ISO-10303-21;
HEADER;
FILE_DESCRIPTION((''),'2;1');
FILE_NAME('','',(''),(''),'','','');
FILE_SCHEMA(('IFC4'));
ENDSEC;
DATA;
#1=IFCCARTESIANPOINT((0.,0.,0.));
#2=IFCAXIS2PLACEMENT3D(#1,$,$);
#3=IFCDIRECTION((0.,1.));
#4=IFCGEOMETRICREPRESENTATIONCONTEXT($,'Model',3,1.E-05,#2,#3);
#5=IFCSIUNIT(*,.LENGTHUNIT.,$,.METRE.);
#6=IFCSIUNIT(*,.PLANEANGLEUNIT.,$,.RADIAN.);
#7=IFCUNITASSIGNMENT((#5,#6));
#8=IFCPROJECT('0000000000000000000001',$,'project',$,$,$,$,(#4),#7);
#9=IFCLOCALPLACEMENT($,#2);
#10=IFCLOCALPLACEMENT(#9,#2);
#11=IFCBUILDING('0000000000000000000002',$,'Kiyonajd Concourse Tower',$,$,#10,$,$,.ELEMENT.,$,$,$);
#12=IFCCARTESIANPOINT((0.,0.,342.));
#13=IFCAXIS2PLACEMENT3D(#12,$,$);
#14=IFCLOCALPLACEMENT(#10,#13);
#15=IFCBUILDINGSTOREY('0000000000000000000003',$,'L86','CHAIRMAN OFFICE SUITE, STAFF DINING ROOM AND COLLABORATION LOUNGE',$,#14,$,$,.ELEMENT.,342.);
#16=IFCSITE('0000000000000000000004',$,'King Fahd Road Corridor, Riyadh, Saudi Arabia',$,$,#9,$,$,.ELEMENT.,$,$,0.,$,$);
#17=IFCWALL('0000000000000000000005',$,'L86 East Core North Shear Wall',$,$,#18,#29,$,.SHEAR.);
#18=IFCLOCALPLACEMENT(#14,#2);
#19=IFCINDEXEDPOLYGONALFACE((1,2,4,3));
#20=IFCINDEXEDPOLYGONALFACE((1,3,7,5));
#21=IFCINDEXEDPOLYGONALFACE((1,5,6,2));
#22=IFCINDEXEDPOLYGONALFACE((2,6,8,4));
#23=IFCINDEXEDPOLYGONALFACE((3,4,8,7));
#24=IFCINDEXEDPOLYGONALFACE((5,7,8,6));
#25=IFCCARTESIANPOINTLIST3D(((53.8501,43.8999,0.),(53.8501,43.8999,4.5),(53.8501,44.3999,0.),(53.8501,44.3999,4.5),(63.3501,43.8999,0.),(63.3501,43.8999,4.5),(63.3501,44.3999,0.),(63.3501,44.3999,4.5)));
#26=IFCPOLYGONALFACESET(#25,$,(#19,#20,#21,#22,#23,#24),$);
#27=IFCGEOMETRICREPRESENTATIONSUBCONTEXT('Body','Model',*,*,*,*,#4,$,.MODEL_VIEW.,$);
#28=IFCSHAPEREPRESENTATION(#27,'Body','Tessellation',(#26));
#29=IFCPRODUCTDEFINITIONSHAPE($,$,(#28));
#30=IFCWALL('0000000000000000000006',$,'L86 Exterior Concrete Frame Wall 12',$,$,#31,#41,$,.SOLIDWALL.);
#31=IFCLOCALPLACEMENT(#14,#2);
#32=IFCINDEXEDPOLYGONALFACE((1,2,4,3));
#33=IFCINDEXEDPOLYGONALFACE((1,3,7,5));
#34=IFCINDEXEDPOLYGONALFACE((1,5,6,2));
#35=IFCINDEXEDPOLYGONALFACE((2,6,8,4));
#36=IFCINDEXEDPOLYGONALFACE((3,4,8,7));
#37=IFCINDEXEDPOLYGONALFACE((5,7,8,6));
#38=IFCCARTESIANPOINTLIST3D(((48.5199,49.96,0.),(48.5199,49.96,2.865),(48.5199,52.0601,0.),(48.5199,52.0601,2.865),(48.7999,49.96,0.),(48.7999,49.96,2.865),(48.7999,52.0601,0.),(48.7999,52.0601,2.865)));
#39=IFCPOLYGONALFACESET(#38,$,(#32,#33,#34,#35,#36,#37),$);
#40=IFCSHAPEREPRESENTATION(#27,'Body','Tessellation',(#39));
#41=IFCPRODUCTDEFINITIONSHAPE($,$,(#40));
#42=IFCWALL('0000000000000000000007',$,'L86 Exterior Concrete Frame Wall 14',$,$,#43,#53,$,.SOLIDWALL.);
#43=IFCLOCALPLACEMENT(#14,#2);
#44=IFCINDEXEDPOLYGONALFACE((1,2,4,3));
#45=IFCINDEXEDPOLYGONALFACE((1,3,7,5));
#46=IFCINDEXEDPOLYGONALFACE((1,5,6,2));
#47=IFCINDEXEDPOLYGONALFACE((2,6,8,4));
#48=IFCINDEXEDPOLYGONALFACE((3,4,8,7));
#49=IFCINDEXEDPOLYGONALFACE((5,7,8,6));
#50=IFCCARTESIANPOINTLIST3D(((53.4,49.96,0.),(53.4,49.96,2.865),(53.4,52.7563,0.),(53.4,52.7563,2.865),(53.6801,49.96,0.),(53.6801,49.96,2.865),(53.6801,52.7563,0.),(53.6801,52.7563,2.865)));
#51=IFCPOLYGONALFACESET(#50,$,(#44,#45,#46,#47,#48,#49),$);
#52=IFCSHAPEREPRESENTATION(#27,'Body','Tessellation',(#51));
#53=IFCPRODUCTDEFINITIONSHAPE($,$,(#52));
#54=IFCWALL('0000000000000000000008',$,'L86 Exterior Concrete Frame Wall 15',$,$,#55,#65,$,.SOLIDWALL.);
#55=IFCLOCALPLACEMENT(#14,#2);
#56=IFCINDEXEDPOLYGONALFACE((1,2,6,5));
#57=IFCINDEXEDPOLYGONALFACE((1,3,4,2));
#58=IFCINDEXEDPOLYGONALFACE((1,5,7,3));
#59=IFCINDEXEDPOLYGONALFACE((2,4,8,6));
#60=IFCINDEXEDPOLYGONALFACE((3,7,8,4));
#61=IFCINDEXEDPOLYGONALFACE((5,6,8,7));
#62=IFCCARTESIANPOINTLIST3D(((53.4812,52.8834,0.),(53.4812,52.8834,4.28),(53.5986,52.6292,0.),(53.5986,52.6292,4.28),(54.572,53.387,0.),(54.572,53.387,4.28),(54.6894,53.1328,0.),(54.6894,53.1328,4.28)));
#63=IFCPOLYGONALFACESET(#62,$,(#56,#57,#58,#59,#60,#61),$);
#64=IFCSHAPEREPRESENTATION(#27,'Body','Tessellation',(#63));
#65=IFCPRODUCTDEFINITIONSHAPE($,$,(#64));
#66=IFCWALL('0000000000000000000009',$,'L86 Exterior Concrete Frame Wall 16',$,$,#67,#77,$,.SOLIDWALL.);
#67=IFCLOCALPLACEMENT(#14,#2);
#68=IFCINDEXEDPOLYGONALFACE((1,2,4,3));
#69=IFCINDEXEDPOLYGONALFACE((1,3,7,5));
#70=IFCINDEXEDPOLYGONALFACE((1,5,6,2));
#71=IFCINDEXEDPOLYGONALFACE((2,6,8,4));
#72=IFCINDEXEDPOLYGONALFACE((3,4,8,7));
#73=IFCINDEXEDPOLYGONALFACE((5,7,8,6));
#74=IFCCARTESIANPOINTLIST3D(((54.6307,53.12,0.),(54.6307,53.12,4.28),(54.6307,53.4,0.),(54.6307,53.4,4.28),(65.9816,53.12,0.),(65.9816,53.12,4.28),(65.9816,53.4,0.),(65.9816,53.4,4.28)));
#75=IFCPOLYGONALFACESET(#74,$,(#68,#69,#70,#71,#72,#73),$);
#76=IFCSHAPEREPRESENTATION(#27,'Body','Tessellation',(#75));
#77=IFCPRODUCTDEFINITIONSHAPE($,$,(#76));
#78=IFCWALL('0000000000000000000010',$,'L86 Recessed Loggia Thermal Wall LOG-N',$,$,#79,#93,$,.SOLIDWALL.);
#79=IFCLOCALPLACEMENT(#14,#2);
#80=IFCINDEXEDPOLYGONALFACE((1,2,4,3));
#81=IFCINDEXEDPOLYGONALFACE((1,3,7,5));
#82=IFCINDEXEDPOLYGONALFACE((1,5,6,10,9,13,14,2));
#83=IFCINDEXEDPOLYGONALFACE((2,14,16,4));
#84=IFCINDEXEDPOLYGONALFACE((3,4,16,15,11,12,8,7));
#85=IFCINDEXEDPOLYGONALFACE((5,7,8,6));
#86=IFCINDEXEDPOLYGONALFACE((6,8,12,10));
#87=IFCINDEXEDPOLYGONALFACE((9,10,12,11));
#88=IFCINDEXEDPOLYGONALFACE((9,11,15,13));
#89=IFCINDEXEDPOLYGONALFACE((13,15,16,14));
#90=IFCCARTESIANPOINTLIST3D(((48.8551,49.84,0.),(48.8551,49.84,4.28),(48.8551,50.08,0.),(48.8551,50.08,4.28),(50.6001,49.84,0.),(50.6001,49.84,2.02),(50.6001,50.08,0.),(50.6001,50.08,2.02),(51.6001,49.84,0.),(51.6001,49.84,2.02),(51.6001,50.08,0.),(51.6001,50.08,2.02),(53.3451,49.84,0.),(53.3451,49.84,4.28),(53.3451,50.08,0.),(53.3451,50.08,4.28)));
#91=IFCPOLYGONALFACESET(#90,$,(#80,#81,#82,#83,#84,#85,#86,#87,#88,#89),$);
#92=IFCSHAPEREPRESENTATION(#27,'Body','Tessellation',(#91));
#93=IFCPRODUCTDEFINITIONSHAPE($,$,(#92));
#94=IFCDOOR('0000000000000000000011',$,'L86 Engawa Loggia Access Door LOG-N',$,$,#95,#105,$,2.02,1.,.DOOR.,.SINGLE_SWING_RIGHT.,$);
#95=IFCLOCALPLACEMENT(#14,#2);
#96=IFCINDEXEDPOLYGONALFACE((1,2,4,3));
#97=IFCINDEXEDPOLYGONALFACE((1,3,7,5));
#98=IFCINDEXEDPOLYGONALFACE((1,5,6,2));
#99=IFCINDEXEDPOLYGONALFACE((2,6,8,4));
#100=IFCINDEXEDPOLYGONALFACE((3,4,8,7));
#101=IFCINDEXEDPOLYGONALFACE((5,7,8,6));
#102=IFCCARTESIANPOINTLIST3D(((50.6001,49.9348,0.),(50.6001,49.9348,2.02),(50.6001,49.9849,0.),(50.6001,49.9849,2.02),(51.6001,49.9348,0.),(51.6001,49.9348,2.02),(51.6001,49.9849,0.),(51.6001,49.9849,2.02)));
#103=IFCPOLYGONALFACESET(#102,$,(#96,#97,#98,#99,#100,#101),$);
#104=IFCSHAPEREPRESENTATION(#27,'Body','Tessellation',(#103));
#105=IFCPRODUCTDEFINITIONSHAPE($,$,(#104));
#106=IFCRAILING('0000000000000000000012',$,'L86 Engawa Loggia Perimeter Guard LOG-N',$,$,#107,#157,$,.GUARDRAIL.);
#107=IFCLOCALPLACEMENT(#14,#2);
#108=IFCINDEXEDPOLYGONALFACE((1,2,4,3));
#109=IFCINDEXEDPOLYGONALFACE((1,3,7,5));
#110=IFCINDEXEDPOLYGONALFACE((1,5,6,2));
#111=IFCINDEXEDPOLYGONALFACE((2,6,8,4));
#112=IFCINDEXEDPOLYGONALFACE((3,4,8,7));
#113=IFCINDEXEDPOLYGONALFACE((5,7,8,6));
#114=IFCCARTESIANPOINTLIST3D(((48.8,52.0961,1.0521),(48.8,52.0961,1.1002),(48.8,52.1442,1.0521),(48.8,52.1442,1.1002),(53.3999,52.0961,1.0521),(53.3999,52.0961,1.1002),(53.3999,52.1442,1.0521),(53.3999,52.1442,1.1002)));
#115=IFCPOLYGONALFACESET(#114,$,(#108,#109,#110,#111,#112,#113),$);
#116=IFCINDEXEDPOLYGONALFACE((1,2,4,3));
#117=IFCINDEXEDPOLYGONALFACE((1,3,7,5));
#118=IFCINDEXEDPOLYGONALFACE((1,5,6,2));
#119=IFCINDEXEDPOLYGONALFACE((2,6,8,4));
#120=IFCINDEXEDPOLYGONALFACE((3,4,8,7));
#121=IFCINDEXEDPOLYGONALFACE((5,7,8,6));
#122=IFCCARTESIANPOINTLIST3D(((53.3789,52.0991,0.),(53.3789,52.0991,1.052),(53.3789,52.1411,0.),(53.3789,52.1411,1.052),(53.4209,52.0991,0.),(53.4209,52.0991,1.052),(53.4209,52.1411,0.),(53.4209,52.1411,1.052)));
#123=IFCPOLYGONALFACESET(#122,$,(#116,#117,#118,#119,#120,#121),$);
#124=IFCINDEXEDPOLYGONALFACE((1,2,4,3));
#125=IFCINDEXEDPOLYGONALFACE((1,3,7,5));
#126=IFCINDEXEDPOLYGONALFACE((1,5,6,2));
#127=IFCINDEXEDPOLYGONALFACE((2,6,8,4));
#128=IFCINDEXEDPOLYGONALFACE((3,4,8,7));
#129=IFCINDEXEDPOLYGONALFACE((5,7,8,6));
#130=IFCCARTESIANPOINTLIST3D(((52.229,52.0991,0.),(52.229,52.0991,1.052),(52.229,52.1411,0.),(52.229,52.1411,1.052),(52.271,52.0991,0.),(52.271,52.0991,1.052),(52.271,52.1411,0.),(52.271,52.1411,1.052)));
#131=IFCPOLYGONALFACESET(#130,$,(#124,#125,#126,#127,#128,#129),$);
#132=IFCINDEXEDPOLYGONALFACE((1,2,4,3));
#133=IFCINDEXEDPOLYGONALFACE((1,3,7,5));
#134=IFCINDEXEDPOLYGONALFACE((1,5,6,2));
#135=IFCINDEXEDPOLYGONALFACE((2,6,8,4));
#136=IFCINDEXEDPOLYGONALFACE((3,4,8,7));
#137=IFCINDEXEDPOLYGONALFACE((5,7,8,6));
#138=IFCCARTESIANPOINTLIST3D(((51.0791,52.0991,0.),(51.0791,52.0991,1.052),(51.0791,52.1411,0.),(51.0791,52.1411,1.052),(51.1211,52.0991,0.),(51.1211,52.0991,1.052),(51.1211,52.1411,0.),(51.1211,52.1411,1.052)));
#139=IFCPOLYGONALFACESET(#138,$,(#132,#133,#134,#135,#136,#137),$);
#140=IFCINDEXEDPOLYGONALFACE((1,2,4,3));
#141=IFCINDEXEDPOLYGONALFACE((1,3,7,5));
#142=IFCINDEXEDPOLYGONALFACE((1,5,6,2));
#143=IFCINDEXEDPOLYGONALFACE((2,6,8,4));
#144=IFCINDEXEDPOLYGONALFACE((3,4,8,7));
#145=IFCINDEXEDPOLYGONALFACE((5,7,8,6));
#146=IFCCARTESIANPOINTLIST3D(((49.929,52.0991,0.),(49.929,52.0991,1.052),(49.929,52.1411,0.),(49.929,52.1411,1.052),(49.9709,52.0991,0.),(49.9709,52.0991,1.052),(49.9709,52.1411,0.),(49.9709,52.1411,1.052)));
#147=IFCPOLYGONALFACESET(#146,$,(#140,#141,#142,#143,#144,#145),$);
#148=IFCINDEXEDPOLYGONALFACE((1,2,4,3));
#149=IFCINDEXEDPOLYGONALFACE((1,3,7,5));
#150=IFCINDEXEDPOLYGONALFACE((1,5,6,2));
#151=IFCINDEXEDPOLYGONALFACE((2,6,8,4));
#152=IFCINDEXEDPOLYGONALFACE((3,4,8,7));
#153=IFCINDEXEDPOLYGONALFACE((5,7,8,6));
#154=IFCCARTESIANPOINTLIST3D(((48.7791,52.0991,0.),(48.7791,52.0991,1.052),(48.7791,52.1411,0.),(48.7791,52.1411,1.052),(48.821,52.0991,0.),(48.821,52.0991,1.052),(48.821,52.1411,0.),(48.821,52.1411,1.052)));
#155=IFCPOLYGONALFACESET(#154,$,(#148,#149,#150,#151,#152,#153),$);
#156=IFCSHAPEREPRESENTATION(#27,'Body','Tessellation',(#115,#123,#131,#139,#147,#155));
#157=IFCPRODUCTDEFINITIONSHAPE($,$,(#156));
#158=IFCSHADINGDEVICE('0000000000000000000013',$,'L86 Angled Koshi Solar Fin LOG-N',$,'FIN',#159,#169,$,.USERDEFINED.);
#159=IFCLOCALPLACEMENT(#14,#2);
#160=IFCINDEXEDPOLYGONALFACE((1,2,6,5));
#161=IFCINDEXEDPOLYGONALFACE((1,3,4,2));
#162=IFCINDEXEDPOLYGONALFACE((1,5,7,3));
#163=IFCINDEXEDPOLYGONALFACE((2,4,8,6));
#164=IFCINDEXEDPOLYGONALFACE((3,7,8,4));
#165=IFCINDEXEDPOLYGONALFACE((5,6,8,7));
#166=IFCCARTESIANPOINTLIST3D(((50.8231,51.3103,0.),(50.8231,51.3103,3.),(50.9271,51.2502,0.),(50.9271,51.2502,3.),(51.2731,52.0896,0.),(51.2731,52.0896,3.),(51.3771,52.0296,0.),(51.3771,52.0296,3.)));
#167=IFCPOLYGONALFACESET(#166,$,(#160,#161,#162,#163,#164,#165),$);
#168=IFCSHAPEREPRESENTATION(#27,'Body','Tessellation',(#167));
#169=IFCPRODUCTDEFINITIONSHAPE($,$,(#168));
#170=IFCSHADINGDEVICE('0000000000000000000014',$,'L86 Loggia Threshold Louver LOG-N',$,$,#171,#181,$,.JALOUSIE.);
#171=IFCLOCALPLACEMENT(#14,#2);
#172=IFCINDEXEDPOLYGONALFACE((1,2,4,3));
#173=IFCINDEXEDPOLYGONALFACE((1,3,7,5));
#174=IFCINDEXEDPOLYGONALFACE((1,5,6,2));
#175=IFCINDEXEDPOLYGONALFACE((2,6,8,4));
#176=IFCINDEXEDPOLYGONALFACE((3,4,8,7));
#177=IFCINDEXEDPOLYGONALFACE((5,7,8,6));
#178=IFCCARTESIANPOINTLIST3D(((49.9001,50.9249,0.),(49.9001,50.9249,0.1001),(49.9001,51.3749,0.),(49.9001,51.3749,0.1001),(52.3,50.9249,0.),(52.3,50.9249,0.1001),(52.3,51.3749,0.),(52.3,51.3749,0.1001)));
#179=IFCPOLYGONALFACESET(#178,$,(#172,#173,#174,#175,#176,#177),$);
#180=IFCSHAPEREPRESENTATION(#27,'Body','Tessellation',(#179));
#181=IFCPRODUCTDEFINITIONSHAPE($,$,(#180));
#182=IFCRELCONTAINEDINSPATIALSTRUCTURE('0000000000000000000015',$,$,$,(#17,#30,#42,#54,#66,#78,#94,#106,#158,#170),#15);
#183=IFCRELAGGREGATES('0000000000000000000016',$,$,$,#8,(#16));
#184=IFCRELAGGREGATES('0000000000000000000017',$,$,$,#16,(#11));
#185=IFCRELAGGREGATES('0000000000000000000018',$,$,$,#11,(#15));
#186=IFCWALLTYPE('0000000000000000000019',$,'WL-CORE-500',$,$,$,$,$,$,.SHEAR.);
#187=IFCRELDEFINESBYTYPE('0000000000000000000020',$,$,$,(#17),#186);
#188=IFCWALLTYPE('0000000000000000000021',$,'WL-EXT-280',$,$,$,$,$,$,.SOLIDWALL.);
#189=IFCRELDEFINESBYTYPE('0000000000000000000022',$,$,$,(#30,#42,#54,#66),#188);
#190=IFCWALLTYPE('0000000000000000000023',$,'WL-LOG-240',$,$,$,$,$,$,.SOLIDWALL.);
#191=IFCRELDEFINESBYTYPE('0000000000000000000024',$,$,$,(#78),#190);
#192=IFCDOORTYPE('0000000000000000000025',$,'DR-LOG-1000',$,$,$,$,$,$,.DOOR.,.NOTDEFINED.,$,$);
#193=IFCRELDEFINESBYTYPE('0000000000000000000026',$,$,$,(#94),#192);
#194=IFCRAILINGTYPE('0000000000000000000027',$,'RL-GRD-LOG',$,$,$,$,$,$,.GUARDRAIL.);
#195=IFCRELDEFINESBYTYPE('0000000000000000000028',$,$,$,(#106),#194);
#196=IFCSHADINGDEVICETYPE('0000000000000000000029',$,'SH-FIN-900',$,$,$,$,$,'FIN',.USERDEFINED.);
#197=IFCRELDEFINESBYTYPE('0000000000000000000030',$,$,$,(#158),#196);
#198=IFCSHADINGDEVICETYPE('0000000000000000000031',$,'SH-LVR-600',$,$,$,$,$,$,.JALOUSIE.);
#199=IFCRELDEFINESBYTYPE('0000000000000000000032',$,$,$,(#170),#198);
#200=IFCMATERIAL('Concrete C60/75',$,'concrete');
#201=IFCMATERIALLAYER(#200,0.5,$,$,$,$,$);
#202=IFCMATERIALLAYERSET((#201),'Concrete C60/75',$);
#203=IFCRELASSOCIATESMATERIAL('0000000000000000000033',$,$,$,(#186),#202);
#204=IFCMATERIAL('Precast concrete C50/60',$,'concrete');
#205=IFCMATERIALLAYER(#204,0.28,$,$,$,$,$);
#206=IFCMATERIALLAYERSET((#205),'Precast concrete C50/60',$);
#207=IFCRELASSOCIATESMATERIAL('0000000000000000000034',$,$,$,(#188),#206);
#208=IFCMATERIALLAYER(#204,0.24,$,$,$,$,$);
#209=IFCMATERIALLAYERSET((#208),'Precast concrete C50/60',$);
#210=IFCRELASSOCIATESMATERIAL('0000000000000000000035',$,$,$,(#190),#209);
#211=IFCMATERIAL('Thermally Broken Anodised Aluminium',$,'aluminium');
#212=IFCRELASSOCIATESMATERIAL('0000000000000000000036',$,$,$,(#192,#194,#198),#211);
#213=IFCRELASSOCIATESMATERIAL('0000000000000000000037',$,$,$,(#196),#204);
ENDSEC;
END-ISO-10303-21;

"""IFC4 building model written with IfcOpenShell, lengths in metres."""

from ifc_helpers import new_model, si_unit, direction, frame, frame_2d, origin, origin_2d, place, context, subcontext, project, spatial, rectangle, extrude, material, layer, layer_set, type_object, element, fill, save


model = new_model("IFC4")

# Units and contexts
model_context = context("Model", 3, precision=1e-05, world=origin(), true_north=direction((0.0, 1.0)))
body_context = subcontext(model_context, "Body", "Model", "MODEL_VIEW")
ifc_project = project(units=[si_unit("LENGTHUNIT", "METRE"), si_unit("PLANEANGLEUNIT", "RADIAN")], contexts=[model_context])

# Site, building, storey
site_placement = place(None, origin())
site = spatial("IfcSite", under=ifc_project, at=site_placement, Name="King Fahd Road Corridor, Riyadh, Saudi Arabia", CompositionType="ELEMENT", RefElevation=0.0)
building_placement = place(site_placement, origin())
building = spatial("IfcBuilding", under=site, at=building_placement, Name="Kiyonajd Concourse Tower", CompositionType="ELEMENT")
storey_placement = place(building_placement, frame((0.0, 0.0, 342.0)))
storey = spatial("IfcBuildingStorey", under=building, at=storey_placement, Name="L86", Description="CHAIRMAN OFFICE SUITE, STAFF DINING ROOM AND COLLABORATION LOUNGE", CompositionType="ELEMENT", Elevation=342.0)

# Shared definitions
ifc_material_1 = material(Name="Concrete C60/75", Category="concrete")

# Shared definitions
ifc_material_2 = material(Name="Thermally Broken Anodised Aluminium", Category="aluminium")

# Walls
ifc_layer_1 = layer(ifc_material_1, 0.5)
ifc_layer_set_1 = layer_set([ifc_layer_1], Name="Concrete C60/75")
wall_type_1 = type_object("IfcWallType", Name="WL-CORE-500", PredefinedType="SHEAR", material=ifc_layer_set_1)
wall_1_placement = place(storey_placement, frame((53.8501, 44.1499, 0.0), z_axis=(0.0, 0.0, 1.0), x_axis=(1.0, 0.0, 0.0)))
element("IfcWall", 1, at=wall_1_placement, inside=storey, type_object=wall_type_1, Name="L86 East Core North Shear Wall", PredefinedType="SHEAR", context=body_context, shape_type="SweptSolid", body=[
    extrude(rectangle(XDim=9.5, YDim=0.5, at=frame_2d((4.75, 0.0))), origin(), (0.0, 0.0, 1.0), 4.5),
])
ifc_material_3 = material(Name="Precast concrete C50/60", Category="concrete")
ifc_layer_2 = layer(ifc_material_3, 0.28)
ifc_layer_set_2 = layer_set([ifc_layer_2], Name="Precast concrete C50/60")
wall_type_2 = type_object("IfcWallType", Name="WL-EXT-280", PredefinedType="SOLIDWALL", material=ifc_layer_set_2)
wall_2_placement = place(storey_placement, frame((48.6599, 52.0601, 0.0), z_axis=(0.0, 0.0, 1.0), x_axis=(0.0, -1.0, 0.0)))
element("IfcWall", 2, at=wall_2_placement, inside=storey, type_object=wall_type_2, Name="L86 Exterior Concrete Frame Wall 12", PredefinedType="SOLIDWALL", context=body_context, shape_type="SweptSolid", body=[
    extrude(rectangle(XDim=2.1001, YDim=0.28, at=frame_2d((1.05, 0.0))), origin(), (0.0, 0.0, 1.0), 2.865),
])
wall_3_placement = place(storey_placement, frame((53.54, 49.96, 0.0), z_axis=(0.0, 0.0, 1.0), x_axis=(0.0, 1.0, 0.0)))
element("IfcWall", 3, at=wall_3_placement, inside=storey, type_object=wall_type_2, Name="L86 Exterior Concrete Frame Wall 14", PredefinedType="SOLIDWALL", context=body_context, shape_type="SweptSolid", body=[
    extrude(rectangle(XDim=2.7964, YDim=0.28, at=frame_2d((1.3982, 0.0))), origin(), (0.0, 0.0, 1.0), 2.865),
])
wall_4_placement = place(storey_placement, frame((53.54, 52.7563, 0.0), z_axis=(0.0, 0.0, 1.0), x_axis=(0.907894, 0.4192, 0.0)))
element("IfcWall", 4, at=wall_4_placement, inside=storey, type_object=wall_type_2, Name="L86 Exterior Concrete Frame Wall 15", PredefinedType="SOLIDWALL", context=body_context, shape_type="SweptSolid", body=[
    extrude(rectangle(XDim=1.2014, YDim=0.28, at=frame_2d((0.6006, 0.0))), origin(), (0.0, 0.0, 1.0), 4.28),
])
wall_5_placement = place(storey_placement, frame((54.6309, 53.26, 0.0), z_axis=(0.0, 0.0, 1.0), x_axis=(1.0, 0.0, 0.0)))
element("IfcWall", 5, at=wall_5_placement, inside=storey, type_object=wall_type_2, Name="L86 Exterior Concrete Frame Wall 16", PredefinedType="SOLIDWALL", context=body_context, shape_type="SweptSolid", body=[
    extrude(rectangle(XDim=11.3508, YDim=0.28, at=frame_2d((5.6753, 0.0))), origin(), (0.0, 0.0, 1.0), 4.28),
])

# Wall, opening, door
ifc_layer_3 = layer(ifc_material_3, 0.24)
ifc_layer_set_3 = layer_set([ifc_layer_3], Name="Precast concrete C50/60")
wall_type_3 = type_object("IfcWallType", Name="WL-LOG-240", PredefinedType="SOLIDWALL", material=ifc_layer_set_3)
wall_6_placement = place(storey_placement, frame((48.855, 49.96, 0.0), z_axis=(0.0, 0.0, 1.0), x_axis=(1.0, 0.0, 0.0)))
wall_6 = element("IfcWall", 6, at=wall_6_placement, inside=storey, type_object=wall_type_3, Name="L86 Recessed Loggia Thermal Wall LOG-N", PredefinedType="SOLIDWALL", context=body_context, shape_type="SweptSolid", body=[
    extrude(rectangle(XDim=4.49, YDim=0.24, at=frame_2d((2.2451, 0.0))), origin(), (0.0, 0.0, 1.0), 4.28),
])
opening_placement = place(wall_6_placement, frame((1.7451, 0.0, 0.0)))
opening = element("IfcOpeningElement", 7, at=opening_placement, cuts=wall_6, PredefinedType="OPENING", context=body_context, shape_type="SweptSolid", body=[
    extrude(rectangle(XDim=1.0, YDim=2.02, at=frame_2d((0.5, 1.01))), frame((0.0, 0.1299, 0.0), z_axis=(0.0, -1.0, 0.0), x_axis=(1.0, 0.0, 0.0)), (0.0, 0.0, 1.0), 0.26),
])
door_type = type_object("IfcDoorType", Name="DR-LOG-1000", OperationType="NOTDEFINED", PredefinedType="DOOR", material=ifc_material_2)
door_placement = place(opening_placement, origin())
door = element("IfcDoor", 8, at=door_placement, inside=storey, type_object=door_type, Name="L86 Engawa Loggia Access Door LOG-N", OperationType="SINGLE_SWING_RIGHT", OverallHeight=2.02, OverallWidth=1.0, PredefinedType="DOOR", context=body_context, shape_type="SweptSolid", body=[
    extrude(rectangle(XDim=1.0, YDim=2.02, at=frame_2d((0.5, 1.01))), frame((0.0, 0.0249, 0.0), z_axis=(0.0, -1.0, 0.0), x_axis=(1.0, 0.0, 0.0)), (0.0, 0.0, 1.0), 0.05),
])
fill(opening, door)

# Railing
railing_type = type_object("IfcRailingType", Name="RL-GRD-LOG", PredefinedType="GUARDRAIL", material=ifc_material_2)
railing_placement = place(storey_placement, frame((53.3999, 52.1201, 0.0)))
element("IfcRailing", 9, at=railing_placement, inside=storey, type_object=railing_type, Name="L86 Engawa Loggia Perimeter Guard LOG-N", PredefinedType="GUARDRAIL", context=body_context, shape_type="SweptSolid", body=[
    extrude(rectangle(XDim=0.0481, YDim=0.0481, at=origin_2d()), frame((0.0, 0.0, 1.0762), z_axis=(-1.0, 0.0, 0.0), x_axis=(0.0, -1.0, 0.0)), (0.0, 0.0, 1.0), 4.5999),
    extrude(rectangle(XDim=0.042, YDim=0.042, at=origin_2d()), origin(), (0.0, 0.0, 1.0), 1.052),
    extrude(rectangle(XDim=0.042, YDim=0.042, at=origin_2d()), frame((-1.1499, 0.0, 0.0)), (0.0, 0.0, 1.0), 1.052),
    extrude(rectangle(XDim=0.042, YDim=0.042, at=origin_2d()), frame((-2.2998, 0.0, 0.0)), (0.0, 0.0, 1.0), 1.052),
    extrude(rectangle(XDim=0.042, YDim=0.042, at=origin_2d()), frame((-3.45, 0.0, 0.0)), (0.0, 0.0, 1.0), 1.052),
    extrude(rectangle(XDim=0.042, YDim=0.042, at=origin_2d()), frame((-4.5999, 0.0, 0.0)), (0.0, 0.0, 1.0), 1.052),
])

# Shading devices
shading_device_type_1 = type_object("IfcShadingDeviceType", Name="SH-FIN-900", ElementType="FIN", PredefinedType="USERDEFINED", material=ifc_material_3)
shading_device_1_placement = place(storey_placement, frame((51.1001, 51.6699, 0.0), z_axis=(0.0, 0.0, 1.0), x_axis=(0.5, 0.866025, 0.0)))
element("IfcShadingDevice", 10, at=shading_device_1_placement, inside=storey, type_object=shading_device_type_1, Name="L86 Angled Koshi Solar Fin LOG-N", ObjectType="FIN", PredefinedType="USERDEFINED", context=body_context, shape_type="SweptSolid", body=[
    extrude(rectangle(XDim=0.8999, YDim=0.1201, at=origin_2d()), origin(), (0.0, 0.0, 1.0), 3.0),
])
shading_device_type_2 = type_object("IfcShadingDeviceType", Name="SH-LVR-600", PredefinedType="JALOUSIE", material=ifc_material_2)
shading_device_2_placement = place(storey_placement, frame((51.1001, 51.1499, 0.0), z_axis=(0.0, 0.0, 1.0), x_axis=(1.0, 0.0, 0.0)))
element("IfcShadingDevice", 11, at=shading_device_2_placement, inside=storey, type_object=shading_device_type_2, Name="L86 Loggia Threshold Louver LOG-N", PredefinedType="JALOUSIE", context=body_context, shape_type="SweptSolid", body=[
    extrude(rectangle(XDim=2.3999, YDim=0.45, at=origin_2d()), origin(), (0.0, 0.0, 1.0), 0.1001),
])

save(model, "model.ifc")
